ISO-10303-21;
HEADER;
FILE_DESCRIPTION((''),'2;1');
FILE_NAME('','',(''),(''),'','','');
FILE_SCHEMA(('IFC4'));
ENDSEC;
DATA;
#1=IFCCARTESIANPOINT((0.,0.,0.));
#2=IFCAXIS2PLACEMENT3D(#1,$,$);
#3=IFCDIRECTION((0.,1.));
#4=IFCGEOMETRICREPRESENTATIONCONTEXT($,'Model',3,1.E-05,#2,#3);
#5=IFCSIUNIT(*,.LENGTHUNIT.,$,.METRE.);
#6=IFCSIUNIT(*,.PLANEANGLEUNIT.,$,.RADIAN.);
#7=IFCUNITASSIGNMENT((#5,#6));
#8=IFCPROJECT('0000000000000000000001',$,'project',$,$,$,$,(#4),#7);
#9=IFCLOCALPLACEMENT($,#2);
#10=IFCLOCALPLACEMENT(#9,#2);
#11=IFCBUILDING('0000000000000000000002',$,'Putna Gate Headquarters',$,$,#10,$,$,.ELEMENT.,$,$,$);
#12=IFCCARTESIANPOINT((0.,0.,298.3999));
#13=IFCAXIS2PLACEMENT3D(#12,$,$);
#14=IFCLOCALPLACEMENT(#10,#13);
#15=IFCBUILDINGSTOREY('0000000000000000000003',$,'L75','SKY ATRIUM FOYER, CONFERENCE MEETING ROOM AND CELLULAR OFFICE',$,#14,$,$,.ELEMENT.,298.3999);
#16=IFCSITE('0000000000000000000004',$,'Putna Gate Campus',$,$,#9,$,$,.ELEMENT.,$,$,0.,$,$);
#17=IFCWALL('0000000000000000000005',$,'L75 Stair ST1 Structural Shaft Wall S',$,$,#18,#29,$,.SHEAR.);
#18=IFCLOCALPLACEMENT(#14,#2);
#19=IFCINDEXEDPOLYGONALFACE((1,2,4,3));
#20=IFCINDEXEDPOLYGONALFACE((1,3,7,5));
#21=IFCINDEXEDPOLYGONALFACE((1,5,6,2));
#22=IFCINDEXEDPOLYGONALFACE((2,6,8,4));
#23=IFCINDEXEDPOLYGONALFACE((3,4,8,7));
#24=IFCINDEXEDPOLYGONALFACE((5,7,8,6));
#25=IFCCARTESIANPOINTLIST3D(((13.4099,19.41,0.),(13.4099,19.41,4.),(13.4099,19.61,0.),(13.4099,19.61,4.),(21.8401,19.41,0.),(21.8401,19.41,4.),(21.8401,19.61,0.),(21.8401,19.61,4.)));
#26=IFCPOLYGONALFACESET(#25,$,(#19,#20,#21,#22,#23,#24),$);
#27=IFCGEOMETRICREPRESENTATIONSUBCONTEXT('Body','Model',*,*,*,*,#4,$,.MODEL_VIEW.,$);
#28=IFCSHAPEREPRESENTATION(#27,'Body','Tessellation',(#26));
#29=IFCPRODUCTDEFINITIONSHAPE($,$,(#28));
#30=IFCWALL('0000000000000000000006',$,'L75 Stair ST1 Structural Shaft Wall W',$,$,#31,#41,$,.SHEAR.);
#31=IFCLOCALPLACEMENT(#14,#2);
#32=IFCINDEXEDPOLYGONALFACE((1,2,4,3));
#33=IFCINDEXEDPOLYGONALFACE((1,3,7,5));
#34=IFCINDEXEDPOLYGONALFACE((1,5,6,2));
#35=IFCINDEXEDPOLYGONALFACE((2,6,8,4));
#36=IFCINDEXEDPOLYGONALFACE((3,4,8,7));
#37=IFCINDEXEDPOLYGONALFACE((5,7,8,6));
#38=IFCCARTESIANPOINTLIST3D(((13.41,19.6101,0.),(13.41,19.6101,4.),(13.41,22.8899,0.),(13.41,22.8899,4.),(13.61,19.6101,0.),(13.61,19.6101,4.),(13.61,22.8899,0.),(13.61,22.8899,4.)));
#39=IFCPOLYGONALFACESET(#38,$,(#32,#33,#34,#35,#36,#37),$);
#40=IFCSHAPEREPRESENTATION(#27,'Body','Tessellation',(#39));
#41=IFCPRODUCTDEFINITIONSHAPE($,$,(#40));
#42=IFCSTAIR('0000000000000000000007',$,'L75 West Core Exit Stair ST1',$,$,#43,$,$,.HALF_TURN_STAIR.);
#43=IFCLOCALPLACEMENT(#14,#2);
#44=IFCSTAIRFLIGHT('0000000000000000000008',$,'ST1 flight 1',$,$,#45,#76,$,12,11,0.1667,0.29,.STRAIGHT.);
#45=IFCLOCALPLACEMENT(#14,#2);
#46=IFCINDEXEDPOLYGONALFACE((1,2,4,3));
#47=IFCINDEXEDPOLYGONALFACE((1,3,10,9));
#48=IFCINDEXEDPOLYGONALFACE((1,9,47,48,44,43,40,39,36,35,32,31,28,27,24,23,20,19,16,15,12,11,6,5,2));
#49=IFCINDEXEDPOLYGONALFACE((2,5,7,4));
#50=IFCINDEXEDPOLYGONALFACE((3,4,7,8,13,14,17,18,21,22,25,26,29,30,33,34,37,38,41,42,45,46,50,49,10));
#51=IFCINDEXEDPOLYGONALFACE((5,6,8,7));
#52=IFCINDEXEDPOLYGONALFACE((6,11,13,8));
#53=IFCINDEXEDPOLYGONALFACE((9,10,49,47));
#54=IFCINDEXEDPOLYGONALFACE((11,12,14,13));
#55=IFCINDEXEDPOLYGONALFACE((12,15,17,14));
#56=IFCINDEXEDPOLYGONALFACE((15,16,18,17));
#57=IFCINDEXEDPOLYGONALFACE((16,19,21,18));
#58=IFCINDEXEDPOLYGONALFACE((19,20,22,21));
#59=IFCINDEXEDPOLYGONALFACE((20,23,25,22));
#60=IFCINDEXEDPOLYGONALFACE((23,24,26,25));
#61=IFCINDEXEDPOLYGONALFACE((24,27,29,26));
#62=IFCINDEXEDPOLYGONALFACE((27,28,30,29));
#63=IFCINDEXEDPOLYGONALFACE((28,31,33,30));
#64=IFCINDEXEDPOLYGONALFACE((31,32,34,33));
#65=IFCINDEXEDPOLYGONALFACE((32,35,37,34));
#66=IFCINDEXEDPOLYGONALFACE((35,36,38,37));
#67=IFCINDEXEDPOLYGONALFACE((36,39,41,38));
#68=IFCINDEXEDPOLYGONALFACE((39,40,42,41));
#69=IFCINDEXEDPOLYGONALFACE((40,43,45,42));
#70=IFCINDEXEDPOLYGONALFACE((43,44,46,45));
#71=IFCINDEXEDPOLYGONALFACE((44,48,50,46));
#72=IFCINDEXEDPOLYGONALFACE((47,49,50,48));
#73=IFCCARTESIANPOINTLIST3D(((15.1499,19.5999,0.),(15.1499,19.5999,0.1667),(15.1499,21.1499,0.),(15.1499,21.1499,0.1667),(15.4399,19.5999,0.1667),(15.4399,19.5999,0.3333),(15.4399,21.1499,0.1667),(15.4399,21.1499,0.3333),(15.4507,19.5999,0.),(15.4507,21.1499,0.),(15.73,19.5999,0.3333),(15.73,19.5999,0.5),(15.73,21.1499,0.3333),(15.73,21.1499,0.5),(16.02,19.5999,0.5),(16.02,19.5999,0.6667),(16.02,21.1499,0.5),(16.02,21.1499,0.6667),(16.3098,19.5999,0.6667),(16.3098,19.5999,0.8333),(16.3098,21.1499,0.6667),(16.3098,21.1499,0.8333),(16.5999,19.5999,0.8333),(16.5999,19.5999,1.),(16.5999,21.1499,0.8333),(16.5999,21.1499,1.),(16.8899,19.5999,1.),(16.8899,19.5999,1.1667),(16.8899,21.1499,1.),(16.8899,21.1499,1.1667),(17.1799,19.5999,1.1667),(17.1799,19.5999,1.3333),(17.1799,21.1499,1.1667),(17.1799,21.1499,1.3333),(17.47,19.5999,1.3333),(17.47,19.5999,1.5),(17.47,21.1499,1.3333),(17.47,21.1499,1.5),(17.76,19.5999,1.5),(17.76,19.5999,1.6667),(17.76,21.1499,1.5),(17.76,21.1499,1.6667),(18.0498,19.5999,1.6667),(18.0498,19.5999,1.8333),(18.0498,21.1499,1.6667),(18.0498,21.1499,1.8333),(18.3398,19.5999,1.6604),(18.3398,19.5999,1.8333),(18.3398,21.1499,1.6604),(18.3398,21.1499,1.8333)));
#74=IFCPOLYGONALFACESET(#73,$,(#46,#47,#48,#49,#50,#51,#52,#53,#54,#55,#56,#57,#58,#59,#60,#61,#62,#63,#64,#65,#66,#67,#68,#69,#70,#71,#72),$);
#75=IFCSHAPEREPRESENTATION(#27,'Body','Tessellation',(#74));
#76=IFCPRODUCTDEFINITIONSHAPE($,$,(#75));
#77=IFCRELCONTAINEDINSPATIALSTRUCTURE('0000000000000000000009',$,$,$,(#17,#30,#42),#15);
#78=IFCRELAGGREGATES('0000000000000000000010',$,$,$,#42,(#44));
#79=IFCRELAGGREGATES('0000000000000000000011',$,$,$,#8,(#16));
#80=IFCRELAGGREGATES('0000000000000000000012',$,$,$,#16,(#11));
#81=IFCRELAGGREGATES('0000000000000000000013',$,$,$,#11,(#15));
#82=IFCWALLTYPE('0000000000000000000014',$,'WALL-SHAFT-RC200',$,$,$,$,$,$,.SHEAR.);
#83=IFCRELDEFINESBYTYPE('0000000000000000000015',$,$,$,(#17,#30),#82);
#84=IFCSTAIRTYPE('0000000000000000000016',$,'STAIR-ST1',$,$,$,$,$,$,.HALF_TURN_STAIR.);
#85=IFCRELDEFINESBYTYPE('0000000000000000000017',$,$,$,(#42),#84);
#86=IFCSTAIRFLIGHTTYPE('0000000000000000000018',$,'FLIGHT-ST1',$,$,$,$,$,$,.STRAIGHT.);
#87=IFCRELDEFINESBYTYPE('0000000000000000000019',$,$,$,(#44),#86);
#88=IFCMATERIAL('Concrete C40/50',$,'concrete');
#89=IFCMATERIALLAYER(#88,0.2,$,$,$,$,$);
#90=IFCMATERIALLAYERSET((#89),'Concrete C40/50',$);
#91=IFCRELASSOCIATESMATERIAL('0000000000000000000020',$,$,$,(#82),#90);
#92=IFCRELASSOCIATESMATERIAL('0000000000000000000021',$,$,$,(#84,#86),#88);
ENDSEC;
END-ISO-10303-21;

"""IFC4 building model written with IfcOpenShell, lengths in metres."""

from ifc_helpers import new_model, si_unit, direction, frame, frame_2d, origin, place, context, subcontext, project, spatial, polyline, rectangle, outline, extrude, material, layer, layer_set, type_object, element, aggregate, save


model = new_model("IFC4")

# Units and contexts
model_context = context("Model", 3, precision=1e-05, world=origin(), true_north=direction((0.0, 1.0)))
body_context = subcontext(model_context, "Body", "Model", "MODEL_VIEW")
ifc_project = project(units=[si_unit("LENGTHUNIT", "METRE"), si_unit("PLANEANGLEUNIT", "RADIAN")], contexts=[model_context])

# Site, building, storey
site_placement = place(None, origin())
site = spatial("IfcSite", under=ifc_project, at=site_placement, Name="Putna Gate Campus", CompositionType="ELEMENT", RefElevation=0.0)
building_placement = place(site_placement, origin())
building = spatial("IfcBuilding", under=site, at=building_placement, Name="Putna Gate Headquarters", CompositionType="ELEMENT")
storey_placement = place(building_placement, frame((0.0, 0.0, 298.3999)))
storey = spatial("IfcBuildingStorey", under=building, at=storey_placement, Name="L75", Description="SKY ATRIUM FOYER, CONFERENCE MEETING ROOM AND CELLULAR OFFICE", CompositionType="ELEMENT", Elevation=298.3999)

# Walls
ifc_material_1 = material(Name="Concrete C40/50", Category="concrete")
ifc_layer_1 = layer(ifc_material_1, 0.2)
ifc_layer_set_1 = layer_set([ifc_layer_1], Name="Concrete C40/50")
wall_type_1 = type_object("IfcWallType", Name="WALL-SHAFT-RC200", PredefinedType="SHEAR", material=ifc_layer_set_1)
wall_1_placement = place(storey_placement, frame((13.4099, 19.51, 0.0), z_axis=(0.0, 0.0, 1.0), x_axis=(1.0, 0.0, 0.0)))
element("IfcWall", 1, at=wall_1_placement, inside=storey, type_object=wall_type_1, Name="L75 Stair ST1 Structural Shaft Wall S", PredefinedType="SHEAR", context=body_context, shape_type="SweptSolid", body=[
    extrude(rectangle(XDim=8.4302, YDim=0.2, at=frame_2d((4.2151, 0.0))), origin(), (0.0, 0.0, 1.0), 4.0),
])
wall_2_placement = place(storey_placement, frame((13.51, 19.6101, 0.0), z_axis=(0.0, 0.0, 1.0), x_axis=(0.0, 1.0, 0.0)))
element("IfcWall", 2, at=wall_2_placement, inside=storey, type_object=wall_type_1, Name="L75 Stair ST1 Structural Shaft Wall W", PredefinedType="SHEAR", context=body_context, shape_type="SweptSolid", body=[
    extrude(rectangle(XDim=3.2798, YDim=0.2, at=frame_2d((1.6399, 0.0))), origin(), (0.0, 0.0, 1.0), 4.0),
])

# Stair, stair flight
stair_type = type_object("IfcStairType", Name="STAIR-ST1", PredefinedType="HALF_TURN_STAIR", material=ifc_material_1)
stair_placement = place(storey_placement, origin())
stair = element("IfcStair", 3, at=stair_placement, inside=storey, type_object=stair_type, Name="L75 West Core Exit Stair ST1", PredefinedType="HALF_TURN_STAIR")
stair_flight_type = type_object("IfcStairFlightType", Name="FLIGHT-ST1", PredefinedType="STRAIGHT", material=ifc_material_1)
stair_flight_placement = place(storey_placement, frame((15.1499, 20.375, 0.0), z_axis=(0.0, 0.0, 1.0), x_axis=(1.0, 0.0, 0.0)))
stair_flight = element("IfcStairFlight", 4, at=stair_flight_placement, type_object=stair_flight_type, Name="ST1 flight 1", NumberOfRisers=12, NumberOfTreads=11, PredefinedType="STRAIGHT", RiserHeight=0.1667, TreadLength=0.29, context=body_context, shape_type="SweptSolid", body=[
    extrude(outline(polyline([(0.0, 0.0), (0.0, 0.1667), (0.29, 0.1667), (0.29, 0.3333), (0.5801, 0.3333), (0.5801, 0.5), (0.8701, 0.5), (0.8701, 0.6667), (1.1599, 0.6667), (1.1599, 0.8333), (1.45, 0.8333), (1.45, 1.0), (1.74, 1.0), (1.74, 1.1667), (2.03, 1.1667), (2.03, 1.3333), (2.3201, 1.3333), (2.3201, 1.5), (2.6101, 1.5), (2.6101, 1.6667), (2.8999, 1.6667), (2.8999, 1.8333), (3.1899, 1.8333), (3.1899, 2.0), (3.1899, 1.6604), (0.3008, 0.0), (0.0, 0.0)])), frame((0.0, 0.7749, 0.0), z_axis=(0.0, -1.0, 0.0), x_axis=(1.0, 0.0, 0.0)), (0.0, 0.0, 1.0), 1.55),
])
aggregate(stair, [stair_flight])

save(model, "model.ifc")
